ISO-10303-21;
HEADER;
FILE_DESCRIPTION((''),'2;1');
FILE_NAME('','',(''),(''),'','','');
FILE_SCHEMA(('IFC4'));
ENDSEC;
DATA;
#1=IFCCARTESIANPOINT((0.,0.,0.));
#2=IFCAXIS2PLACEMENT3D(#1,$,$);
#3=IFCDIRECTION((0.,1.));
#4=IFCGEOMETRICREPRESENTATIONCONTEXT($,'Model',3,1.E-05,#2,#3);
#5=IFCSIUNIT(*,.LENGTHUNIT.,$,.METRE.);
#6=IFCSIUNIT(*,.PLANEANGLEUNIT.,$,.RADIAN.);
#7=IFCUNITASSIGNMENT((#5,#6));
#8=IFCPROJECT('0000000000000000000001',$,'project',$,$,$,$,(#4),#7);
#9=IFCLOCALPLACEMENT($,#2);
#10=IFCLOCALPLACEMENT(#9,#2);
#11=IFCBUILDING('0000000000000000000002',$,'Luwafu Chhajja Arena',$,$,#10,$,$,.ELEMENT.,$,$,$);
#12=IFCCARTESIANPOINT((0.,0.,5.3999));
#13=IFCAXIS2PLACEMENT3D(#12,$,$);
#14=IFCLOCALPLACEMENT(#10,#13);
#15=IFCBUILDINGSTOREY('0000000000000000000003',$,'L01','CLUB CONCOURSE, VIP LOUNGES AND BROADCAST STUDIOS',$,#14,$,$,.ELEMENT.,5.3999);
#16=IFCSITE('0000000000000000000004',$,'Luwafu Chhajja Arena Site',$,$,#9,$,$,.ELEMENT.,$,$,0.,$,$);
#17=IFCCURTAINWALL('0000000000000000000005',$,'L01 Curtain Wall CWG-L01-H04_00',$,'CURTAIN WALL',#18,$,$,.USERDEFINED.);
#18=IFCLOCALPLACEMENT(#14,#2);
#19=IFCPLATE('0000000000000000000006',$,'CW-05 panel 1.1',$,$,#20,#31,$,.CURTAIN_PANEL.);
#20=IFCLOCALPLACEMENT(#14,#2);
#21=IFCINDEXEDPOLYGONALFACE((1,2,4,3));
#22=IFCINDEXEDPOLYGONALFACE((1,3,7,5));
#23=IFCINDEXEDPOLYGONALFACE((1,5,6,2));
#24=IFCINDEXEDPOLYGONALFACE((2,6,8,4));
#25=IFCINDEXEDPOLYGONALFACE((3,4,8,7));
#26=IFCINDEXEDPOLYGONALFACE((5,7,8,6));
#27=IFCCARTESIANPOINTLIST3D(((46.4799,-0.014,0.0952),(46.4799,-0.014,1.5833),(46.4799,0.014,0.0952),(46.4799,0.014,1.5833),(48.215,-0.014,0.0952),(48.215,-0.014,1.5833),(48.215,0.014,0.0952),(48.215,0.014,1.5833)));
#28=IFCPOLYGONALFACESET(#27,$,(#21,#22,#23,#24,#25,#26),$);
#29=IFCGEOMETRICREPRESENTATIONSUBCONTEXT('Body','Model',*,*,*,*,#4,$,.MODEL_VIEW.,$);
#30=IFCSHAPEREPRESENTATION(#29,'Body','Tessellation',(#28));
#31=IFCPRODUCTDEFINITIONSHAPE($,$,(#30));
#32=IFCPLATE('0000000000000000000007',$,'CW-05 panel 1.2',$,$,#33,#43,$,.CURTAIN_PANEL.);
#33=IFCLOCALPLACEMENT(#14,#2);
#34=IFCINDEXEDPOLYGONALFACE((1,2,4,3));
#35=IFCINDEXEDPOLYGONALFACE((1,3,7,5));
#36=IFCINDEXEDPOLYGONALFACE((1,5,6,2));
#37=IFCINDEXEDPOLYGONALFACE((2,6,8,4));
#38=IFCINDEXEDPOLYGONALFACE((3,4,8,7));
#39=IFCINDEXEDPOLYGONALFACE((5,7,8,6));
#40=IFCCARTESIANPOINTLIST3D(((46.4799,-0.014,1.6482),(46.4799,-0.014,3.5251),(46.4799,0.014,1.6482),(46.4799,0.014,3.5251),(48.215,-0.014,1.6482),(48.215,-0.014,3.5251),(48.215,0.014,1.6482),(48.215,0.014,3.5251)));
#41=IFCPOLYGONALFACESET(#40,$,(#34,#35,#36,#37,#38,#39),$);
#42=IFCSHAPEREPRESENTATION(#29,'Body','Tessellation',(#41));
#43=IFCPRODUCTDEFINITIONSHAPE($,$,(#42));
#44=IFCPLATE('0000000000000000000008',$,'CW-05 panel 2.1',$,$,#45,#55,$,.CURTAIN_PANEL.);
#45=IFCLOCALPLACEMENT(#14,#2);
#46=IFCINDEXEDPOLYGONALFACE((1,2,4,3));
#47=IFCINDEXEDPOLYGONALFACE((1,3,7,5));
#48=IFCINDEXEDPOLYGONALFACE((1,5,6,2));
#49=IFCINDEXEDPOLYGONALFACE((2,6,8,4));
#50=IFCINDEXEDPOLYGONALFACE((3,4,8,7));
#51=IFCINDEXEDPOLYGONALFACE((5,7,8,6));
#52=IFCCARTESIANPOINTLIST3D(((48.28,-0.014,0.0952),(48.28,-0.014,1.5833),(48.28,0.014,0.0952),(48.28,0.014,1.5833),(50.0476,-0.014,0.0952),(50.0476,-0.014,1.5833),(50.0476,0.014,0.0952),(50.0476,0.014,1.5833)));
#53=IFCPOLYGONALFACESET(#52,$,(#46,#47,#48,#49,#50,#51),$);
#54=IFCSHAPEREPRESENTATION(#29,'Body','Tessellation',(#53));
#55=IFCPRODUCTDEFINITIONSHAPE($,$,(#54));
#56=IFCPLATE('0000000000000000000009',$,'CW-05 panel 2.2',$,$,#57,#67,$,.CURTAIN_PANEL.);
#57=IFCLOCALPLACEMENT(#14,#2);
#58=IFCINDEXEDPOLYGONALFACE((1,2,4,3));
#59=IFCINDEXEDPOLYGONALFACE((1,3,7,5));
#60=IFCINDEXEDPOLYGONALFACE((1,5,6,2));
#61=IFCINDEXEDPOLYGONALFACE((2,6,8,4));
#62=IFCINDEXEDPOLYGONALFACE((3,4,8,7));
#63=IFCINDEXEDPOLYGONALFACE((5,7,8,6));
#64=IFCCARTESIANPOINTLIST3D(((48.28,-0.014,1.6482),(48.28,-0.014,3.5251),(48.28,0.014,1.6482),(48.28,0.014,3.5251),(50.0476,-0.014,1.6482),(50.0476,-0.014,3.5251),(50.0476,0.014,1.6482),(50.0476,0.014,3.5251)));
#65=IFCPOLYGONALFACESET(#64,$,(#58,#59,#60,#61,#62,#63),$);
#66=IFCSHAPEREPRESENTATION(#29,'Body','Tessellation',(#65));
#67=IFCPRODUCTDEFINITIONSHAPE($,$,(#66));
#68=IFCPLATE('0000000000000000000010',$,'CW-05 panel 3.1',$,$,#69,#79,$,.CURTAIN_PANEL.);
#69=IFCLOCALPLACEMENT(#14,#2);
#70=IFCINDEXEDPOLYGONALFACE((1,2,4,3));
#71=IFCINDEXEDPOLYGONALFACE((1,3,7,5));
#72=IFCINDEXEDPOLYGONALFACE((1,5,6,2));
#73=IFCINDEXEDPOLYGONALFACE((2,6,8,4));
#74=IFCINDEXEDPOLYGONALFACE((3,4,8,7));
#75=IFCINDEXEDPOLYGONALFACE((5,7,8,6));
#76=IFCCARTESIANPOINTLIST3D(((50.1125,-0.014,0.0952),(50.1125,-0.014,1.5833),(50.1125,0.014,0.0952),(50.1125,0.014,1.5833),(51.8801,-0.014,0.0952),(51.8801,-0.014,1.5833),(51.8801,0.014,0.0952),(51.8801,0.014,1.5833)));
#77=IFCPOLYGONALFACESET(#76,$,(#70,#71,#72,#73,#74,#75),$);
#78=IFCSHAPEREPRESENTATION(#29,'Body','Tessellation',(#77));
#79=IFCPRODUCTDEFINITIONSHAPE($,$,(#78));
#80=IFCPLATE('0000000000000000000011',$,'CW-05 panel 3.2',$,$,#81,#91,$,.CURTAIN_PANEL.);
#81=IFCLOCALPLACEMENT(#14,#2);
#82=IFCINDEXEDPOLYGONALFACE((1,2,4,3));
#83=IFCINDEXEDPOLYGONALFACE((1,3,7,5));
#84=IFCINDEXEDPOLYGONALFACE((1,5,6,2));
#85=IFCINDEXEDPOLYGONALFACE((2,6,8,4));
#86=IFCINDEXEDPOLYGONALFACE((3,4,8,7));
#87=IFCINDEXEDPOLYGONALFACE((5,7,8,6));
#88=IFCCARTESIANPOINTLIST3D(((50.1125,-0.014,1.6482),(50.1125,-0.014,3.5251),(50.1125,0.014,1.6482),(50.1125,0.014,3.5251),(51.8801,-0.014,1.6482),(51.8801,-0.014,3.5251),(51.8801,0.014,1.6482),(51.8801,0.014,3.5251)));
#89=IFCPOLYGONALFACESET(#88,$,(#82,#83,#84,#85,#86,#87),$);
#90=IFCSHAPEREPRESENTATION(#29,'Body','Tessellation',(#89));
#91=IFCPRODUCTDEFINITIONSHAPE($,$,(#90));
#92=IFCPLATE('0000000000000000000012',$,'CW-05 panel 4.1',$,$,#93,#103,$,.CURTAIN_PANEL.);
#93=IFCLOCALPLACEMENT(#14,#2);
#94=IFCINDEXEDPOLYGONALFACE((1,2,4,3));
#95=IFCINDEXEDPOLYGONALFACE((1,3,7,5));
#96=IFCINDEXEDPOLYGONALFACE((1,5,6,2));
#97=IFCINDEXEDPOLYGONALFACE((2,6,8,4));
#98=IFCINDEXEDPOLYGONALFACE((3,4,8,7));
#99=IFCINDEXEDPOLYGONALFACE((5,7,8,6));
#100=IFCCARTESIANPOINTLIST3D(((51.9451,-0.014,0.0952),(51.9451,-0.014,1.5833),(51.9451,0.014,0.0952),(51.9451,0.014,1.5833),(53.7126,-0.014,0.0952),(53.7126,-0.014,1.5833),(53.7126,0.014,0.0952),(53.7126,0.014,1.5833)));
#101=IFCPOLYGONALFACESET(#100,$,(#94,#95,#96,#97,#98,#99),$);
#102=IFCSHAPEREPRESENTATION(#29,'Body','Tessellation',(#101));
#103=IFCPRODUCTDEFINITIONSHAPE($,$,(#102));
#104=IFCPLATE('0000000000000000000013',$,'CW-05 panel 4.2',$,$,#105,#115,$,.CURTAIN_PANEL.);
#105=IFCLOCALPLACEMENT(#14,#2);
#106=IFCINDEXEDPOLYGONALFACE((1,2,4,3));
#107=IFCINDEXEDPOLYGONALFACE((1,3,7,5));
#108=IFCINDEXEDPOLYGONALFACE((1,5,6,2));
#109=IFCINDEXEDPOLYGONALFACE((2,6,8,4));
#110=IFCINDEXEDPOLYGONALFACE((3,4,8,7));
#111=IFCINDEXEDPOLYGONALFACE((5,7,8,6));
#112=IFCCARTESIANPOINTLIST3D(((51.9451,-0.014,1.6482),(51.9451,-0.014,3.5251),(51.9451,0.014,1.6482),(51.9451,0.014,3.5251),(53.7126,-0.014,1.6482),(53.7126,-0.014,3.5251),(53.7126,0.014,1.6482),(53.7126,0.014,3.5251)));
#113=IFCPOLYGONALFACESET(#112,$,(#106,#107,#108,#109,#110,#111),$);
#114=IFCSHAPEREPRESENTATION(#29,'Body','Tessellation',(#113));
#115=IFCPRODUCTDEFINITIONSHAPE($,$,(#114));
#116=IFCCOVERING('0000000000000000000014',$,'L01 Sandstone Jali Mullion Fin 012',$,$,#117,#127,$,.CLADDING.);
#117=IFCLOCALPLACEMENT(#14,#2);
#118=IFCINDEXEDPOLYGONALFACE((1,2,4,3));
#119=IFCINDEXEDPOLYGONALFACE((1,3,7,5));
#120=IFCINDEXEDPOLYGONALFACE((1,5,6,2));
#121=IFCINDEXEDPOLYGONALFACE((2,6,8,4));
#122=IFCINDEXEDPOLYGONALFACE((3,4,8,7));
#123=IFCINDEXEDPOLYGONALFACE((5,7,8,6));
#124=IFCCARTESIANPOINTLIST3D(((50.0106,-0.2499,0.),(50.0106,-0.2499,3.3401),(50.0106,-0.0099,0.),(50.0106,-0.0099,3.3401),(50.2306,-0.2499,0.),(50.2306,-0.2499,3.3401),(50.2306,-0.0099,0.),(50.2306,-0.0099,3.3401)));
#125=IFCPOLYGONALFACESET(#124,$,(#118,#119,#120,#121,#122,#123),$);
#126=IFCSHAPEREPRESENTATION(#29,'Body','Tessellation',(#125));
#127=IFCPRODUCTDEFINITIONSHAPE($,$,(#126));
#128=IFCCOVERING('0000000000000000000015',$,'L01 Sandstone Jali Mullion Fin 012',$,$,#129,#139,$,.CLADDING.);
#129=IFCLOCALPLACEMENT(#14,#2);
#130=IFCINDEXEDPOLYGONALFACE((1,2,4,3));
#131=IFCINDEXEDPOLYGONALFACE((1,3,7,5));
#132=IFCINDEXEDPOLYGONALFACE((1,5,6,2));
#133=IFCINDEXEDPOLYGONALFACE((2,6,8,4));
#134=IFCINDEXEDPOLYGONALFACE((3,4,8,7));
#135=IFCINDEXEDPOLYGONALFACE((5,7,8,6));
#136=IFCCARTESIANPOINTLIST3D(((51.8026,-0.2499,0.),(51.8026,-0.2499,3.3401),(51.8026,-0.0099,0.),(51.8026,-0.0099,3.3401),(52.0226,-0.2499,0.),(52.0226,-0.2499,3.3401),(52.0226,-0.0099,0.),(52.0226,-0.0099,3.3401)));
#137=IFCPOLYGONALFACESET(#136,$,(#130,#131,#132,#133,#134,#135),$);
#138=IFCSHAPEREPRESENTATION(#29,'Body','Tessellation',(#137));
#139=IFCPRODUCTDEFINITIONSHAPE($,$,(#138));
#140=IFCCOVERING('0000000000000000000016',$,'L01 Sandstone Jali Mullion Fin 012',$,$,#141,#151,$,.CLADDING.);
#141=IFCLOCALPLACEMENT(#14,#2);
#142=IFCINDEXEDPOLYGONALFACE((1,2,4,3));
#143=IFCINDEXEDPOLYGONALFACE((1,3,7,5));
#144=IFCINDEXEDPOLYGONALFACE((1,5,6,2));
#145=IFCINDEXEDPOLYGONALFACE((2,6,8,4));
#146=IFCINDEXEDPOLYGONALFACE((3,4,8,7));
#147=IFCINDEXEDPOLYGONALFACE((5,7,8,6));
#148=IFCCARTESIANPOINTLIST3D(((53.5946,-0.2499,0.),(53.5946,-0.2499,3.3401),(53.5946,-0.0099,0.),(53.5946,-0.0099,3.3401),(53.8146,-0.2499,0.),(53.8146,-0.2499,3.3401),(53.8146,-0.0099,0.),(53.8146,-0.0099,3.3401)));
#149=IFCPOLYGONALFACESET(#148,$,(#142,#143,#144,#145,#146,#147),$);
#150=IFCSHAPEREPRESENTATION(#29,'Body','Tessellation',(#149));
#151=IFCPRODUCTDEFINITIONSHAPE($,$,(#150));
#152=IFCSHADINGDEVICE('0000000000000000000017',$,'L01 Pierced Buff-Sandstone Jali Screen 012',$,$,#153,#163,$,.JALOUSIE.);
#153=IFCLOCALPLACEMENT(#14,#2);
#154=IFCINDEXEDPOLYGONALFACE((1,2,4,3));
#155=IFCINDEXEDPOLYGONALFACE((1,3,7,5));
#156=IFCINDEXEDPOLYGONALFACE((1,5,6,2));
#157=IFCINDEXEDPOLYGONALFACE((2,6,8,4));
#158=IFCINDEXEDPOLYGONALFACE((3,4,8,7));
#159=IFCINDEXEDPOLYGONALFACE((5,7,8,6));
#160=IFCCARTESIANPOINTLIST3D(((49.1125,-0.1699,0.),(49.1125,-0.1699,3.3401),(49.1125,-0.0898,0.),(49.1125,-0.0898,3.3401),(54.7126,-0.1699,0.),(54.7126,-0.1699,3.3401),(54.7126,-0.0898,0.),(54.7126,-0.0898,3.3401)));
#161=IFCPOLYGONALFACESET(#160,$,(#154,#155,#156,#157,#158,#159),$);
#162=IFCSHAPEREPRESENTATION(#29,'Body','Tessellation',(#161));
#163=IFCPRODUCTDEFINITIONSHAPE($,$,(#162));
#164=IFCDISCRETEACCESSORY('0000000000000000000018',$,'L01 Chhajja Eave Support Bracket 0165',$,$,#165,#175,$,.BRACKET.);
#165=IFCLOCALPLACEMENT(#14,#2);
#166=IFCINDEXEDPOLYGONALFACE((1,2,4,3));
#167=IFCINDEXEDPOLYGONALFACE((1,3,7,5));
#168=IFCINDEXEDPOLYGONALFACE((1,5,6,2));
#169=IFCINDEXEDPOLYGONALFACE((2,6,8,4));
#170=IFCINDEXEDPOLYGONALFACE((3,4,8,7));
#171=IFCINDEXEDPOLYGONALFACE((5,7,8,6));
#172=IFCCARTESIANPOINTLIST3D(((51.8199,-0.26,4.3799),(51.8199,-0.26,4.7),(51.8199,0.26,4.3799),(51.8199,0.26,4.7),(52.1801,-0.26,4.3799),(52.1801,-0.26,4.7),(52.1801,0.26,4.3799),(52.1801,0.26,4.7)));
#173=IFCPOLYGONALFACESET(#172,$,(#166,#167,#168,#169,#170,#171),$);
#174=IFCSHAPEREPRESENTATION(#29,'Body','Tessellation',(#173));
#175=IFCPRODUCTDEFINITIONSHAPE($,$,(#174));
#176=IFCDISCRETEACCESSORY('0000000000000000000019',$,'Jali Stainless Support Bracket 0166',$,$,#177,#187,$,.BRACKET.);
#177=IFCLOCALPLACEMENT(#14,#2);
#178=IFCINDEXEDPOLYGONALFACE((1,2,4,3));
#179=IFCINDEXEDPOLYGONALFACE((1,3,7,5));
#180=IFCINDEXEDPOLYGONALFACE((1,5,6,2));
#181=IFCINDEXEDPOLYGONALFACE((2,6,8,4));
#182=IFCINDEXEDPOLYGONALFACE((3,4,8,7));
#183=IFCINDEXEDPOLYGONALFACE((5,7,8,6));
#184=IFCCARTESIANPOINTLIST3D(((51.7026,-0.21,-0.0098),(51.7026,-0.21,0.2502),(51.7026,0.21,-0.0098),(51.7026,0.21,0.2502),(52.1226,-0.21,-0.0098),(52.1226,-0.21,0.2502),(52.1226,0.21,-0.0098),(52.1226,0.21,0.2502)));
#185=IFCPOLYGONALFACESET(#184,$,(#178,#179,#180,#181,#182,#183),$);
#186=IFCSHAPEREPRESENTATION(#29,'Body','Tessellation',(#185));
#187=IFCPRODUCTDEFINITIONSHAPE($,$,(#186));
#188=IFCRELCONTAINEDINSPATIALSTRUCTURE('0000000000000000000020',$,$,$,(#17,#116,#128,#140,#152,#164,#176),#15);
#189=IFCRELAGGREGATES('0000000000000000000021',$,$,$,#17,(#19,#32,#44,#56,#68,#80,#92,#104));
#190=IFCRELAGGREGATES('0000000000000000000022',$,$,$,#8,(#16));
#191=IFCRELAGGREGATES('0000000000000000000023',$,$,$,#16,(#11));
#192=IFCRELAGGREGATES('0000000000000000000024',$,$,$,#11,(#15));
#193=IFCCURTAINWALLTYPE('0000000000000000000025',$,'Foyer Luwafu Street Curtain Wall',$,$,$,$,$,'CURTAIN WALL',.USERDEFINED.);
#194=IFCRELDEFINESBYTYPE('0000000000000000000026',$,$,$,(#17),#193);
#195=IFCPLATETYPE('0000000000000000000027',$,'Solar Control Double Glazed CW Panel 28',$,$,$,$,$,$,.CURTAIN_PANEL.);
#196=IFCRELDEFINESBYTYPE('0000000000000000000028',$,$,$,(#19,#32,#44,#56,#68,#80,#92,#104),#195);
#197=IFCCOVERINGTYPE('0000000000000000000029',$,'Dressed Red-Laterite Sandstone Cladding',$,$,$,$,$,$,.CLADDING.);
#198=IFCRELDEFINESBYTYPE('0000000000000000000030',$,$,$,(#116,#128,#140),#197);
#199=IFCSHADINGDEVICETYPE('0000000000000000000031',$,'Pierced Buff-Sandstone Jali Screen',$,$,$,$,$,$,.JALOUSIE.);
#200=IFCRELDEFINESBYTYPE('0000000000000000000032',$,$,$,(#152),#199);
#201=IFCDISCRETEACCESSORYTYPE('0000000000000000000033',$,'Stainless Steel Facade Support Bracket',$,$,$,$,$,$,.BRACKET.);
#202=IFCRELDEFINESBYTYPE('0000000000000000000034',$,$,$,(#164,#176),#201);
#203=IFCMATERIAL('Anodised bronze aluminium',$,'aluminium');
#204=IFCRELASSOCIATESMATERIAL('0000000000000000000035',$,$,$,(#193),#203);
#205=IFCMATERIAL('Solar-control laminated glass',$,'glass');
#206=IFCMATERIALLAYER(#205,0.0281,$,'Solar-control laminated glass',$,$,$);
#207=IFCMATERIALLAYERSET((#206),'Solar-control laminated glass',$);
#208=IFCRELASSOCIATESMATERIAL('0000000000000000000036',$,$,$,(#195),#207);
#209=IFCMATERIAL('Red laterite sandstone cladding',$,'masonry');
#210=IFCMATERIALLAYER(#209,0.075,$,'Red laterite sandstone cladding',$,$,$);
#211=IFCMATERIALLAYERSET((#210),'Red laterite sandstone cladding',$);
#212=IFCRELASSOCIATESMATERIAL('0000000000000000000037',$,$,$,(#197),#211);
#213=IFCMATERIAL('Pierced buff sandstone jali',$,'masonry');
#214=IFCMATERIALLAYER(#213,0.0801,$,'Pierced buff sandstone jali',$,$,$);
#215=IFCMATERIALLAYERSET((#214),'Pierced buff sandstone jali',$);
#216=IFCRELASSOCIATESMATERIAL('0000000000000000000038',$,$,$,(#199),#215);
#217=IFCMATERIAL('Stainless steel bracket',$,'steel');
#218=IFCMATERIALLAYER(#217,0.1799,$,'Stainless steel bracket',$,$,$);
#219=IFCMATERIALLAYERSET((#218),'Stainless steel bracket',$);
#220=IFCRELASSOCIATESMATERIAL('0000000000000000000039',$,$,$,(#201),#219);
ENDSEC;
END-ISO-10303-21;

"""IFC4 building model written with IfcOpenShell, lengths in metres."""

from ifc_helpers import new_model, si_unit, direction, frame, origin, origin_2d, place, context, subcontext, project, spatial, rectangle, extrude, material, layer, layer_set, type_object, element, aggregate, save


model = new_model("IFC4")

# Units and contexts
model_context = context("Model", 3, precision=1e-05, world=origin(), true_north=direction((0.0, 1.0)))
body_context = subcontext(model_context, "Body", "Model", "MODEL_VIEW")
ifc_project = project(units=[si_unit("LENGTHUNIT", "METRE"), si_unit("PLANEANGLEUNIT", "RADIAN")], contexts=[model_context])

# Site, building, storey
site_placement = place(None, origin())
site = spatial("IfcSite", under=ifc_project, at=site_placement, Name="Luwafu Chhajja Arena Site", CompositionType="ELEMENT", RefElevation=0.0)
building_placement = place(site_placement, origin())
building = spatial("IfcBuilding", under=site, at=building_placement, Name="Luwafu Chhajja Arena", CompositionType="ELEMENT")
storey_placement = place(building_placement, frame((0.0, 0.0, 5.3999)))
storey = spatial("IfcBuildingStorey", under=building, at=storey_placement, Name="L01", Description="CLUB CONCOURSE, VIP LOUNGES AND BROADCAST STUDIOS", CompositionType="ELEMENT", Elevation=5.3999)

# Curtain wall, plates
ifc_material_1 = material(Name="Anodised bronze aluminium", Category="aluminium")
curtain_wall_type = type_object("IfcCurtainWallType", Name="Foyer Luwafu Street Curtain Wall", ElementType="CURTAIN WALL", PredefinedType="USERDEFINED", material=ifc_material_1)
curtain_wall_placement = place(storey_placement, origin())
curtain_wall = element("IfcCurtainWall", 1, at=curtain_wall_placement, inside=storey, type_object=curtain_wall_type, Name="L01 Curtain Wall CWG-L01-H04_00", ObjectType="CURTAIN WALL", PredefinedType="USERDEFINED")
ifc_material_2 = material(Name="Solar-control laminated glass", Category="glass")
ifc_layer_1 = layer(ifc_material_2, 0.0281, Name="Solar-control laminated glass")
ifc_layer_set_1 = layer_set([ifc_layer_1], Name="Solar-control laminated glass")
plate_type = type_object("IfcPlateType", Name="Solar Control Double Glazed CW Panel 28", PredefinedType="CURTAIN_PANEL", material=ifc_layer_set_1)
plate_1_placement = place(storey_placement, frame((47.3474, 0.0, 0.0952), z_axis=(0.0, 0.0, 1.0), x_axis=(1.0, 0.0, 0.0)))
plate_1 = element("IfcPlate", 2, at=plate_1_placement, type_object=plate_type, Name="CW-05 panel 1.1", PredefinedType="CURTAIN_PANEL", context=body_context, shape_type="SweptSolid", body=[
    extrude(rectangle(XDim=1.7351, YDim=0.0281, at=origin_2d()), origin(), (0.0, 0.0, 1.0), 1.488),
])
plate_2_placement = place(storey_placement, frame((47.3474, 0.0, 1.6482), z_axis=(0.0, 0.0, 1.0), x_axis=(1.0, 0.0, 0.0)))
plate_2 = element("IfcPlate", 3, at=plate_2_placement, type_object=plate_type, Name="CW-05 panel 1.2", PredefinedType="CURTAIN_PANEL", context=body_context, shape_type="SweptSolid", body=[
    extrude(rectangle(XDim=1.7351, YDim=0.0281, at=origin_2d()), origin(), (0.0, 0.0, 1.0), 1.877),
])
plate_3_placement = place(storey_placement, frame((49.1638, 0.0, 0.0952), z_axis=(0.0, 0.0, 1.0), x_axis=(1.0, 0.0, 0.0)))
plate_3 = element("IfcPlate", 4, at=plate_3_placement, type_object=plate_type, Name="CW-05 panel 2.1", PredefinedType="CURTAIN_PANEL", context=body_context, shape_type="SweptSolid", body=[
    extrude(rectangle(XDim=1.7676, YDim=0.0281, at=origin_2d()), origin(), (0.0, 0.0, 1.0), 1.488),
])
plate_4_placement = place(storey_placement, frame((49.1638, 0.0, 1.6482), z_axis=(0.0, 0.0, 1.0), x_axis=(1.0, 0.0, 0.0)))
plate_4 = element("IfcPlate", 5, at=plate_4_placement, type_object=plate_type, Name="CW-05 panel 2.2", PredefinedType="CURTAIN_PANEL", context=body_context, shape_type="SweptSolid", body=[
    extrude(rectangle(XDim=1.7676, YDim=0.0281, at=origin_2d()), origin(), (0.0, 0.0, 1.0), 1.877),
])
plate_5_placement = place(storey_placement, frame((50.9963, 0.0, 0.0952), z_axis=(0.0, 0.0, 1.0), x_axis=(1.0, 0.0, 0.0)))
plate_5 = element("IfcPlate", 6, at=plate_5_placement, type_object=plate_type, Name="CW-05 panel 3.1", PredefinedType="CURTAIN_PANEL", context=body_context, shape_type="SweptSolid", body=[
    extrude(rectangle(XDim=1.7676, YDim=0.0281, at=origin_2d()), origin(), (0.0, 0.0, 1.0), 1.488),
])
plate_6_placement = place(storey_placement, frame((50.9963, 0.0, 1.6482), z_axis=(0.0, 0.0, 1.0), x_axis=(1.0, 0.0, 0.0)))
plate_6 = element("IfcPlate", 7, at=plate_6_placement, type_object=plate_type, Name="CW-05 panel 3.2", PredefinedType="CURTAIN_PANEL", context=body_context, shape_type="SweptSolid", body=[
    extrude(rectangle(XDim=1.7676, YDim=0.0281, at=origin_2d()), origin(), (0.0, 0.0, 1.0), 1.877),
])
plate_7_placement = place(storey_placement, frame((52.8289, 0.0, 0.0952), z_axis=(0.0, 0.0, 1.0), x_axis=(1.0, 0.0, 0.0)))
plate_7 = element("IfcPlate", 8, at=plate_7_placement, type_object=plate_type, Name="CW-05 panel 4.1", PredefinedType="CURTAIN_PANEL", context=body_context, shape_type="SweptSolid", body=[
    extrude(rectangle(XDim=1.7676, YDim=0.0281, at=origin_2d()), origin(), (0.0, 0.0, 1.0), 1.488),
])
plate_8_placement = place(storey_placement, frame((52.8289, 0.0, 1.6482), z_axis=(0.0, 0.0, 1.0), x_axis=(1.0, 0.0, 0.0)))
plate_8 = element("IfcPlate", 9, at=plate_8_placement, type_object=plate_type, Name="CW-05 panel 4.2", PredefinedType="CURTAIN_PANEL", context=body_context, shape_type="SweptSolid", body=[
    extrude(rectangle(XDim=1.7676, YDim=0.0281, at=origin_2d()), origin(), (0.0, 0.0, 1.0), 1.877),
])
aggregate(curtain_wall, [plate_1, plate_2, plate_3, plate_4, plate_5, plate_6, plate_7, plate_8])

# Coverings
ifc_material_3 = material(Name="Red laterite sandstone cladding", Category="masonry")
ifc_layer_2 = layer(ifc_material_3, 0.075, Name="Red laterite sandstone cladding")
ifc_layer_set_2 = layer_set([ifc_layer_2], Name="Red laterite sandstone cladding")
covering_type = type_object("IfcCoveringType", Name="Dressed Red-Laterite Sandstone Cladding", PredefinedType="CLADDING", material=ifc_layer_set_2)
for number, where, z_axis, x_axis, name in (
    (10, (50.1206, -0.1299, 0.0), (0.0, 0.0, 1.0), (1.0, 0.0, 0.0), "L01 Sandstone Jali Mullion Fin 012"),
    (11, (51.9126, -0.1299, 0.0), (0.0, 0.0, 1.0), (1.0, 0.0, 0.0), "L01 Sandstone Jali Mullion Fin 012"),
    (12, (53.7046, -0.1299, 0.0), (0.0, 0.0, 1.0), (1.0, 0.0, 0.0), "L01 Sandstone Jali Mullion Fin 012"),
):
    element("IfcCovering", number, at=place(storey_placement, frame(where, z_axis=z_axis, x_axis=x_axis)), inside=storey, type_object=covering_type, Name=name, PredefinedType="CLADDING", context=body_context, shape_type="SweptSolid", body=[
        extrude(rectangle(XDim=0.22, YDim=0.24, at=origin_2d()), origin(), (0.0, 0.0, 1.0), 3.3401),
    ])

# Shading device
ifc_material_4 = material(Name="Pierced buff sandstone jali", Category="masonry")
ifc_layer_3 = layer(ifc_material_4, 0.0801, Name="Pierced buff sandstone jali")
ifc_layer_set_3 = layer_set([ifc_layer_3], Name="Pierced buff sandstone jali")
shading_device_type = type_object("IfcShadingDeviceType", Name="Pierced Buff-Sandstone Jali Screen", PredefinedType="JALOUSIE", material=ifc_layer_set_3)
shading_device_placement = place(storey_placement, frame((51.9126, -0.1299, 0.0), z_axis=(0.0, 0.0, 1.0), x_axis=(1.0, 0.0, 0.0)))
element("IfcShadingDevice", 13, at=shading_device_placement, inside=storey, type_object=shading_device_type, Name="L01 Pierced Buff-Sandstone Jali Screen 012", PredefinedType="JALOUSIE", context=body_context, shape_type="SweptSolid", body=[
    extrude(rectangle(XDim=5.6001, YDim=0.0801, at=origin_2d()), origin(), (0.0, 0.0, 1.0), 3.3401),
])

# Discrete accessories
ifc_material_5 = material(Name="Stainless steel bracket", Category="steel")
ifc_layer_4 = layer(ifc_material_5, 0.1799, Name="Stainless steel bracket")
ifc_layer_set_4 = layer_set([ifc_layer_4], Name="Stainless steel bracket")
discrete_accessory_type = type_object("IfcDiscreteAccessoryType", Name="Stainless Steel Facade Support Bracket", PredefinedType="BRACKET", material=ifc_layer_set_4)
discrete_accessory_1_placement = place(storey_placement, frame((52.0, 0.0, 4.3799), z_axis=(0.0, 0.0, 1.0), x_axis=(1.0, 0.0, 0.0)))
element("IfcDiscreteAccessory", 14, at=discrete_accessory_1_placement, inside=storey, type_object=discrete_accessory_type, Name="L01 Chhajja Eave Support Bracket 0165", PredefinedType="BRACKET", context=body_context, shape_type="SweptSolid", body=[
    extrude(rectangle(XDim=0.3601, YDim=0.52, at=origin_2d()), origin(), (0.0, 0.0, 1.0), 0.3201),
])
discrete_accessory_2_placement = place(storey_placement, frame((51.9126, 0.0, -0.0098), z_axis=(0.0, 0.0, 1.0), x_axis=(1.0, 0.0, 0.0)))
element("IfcDiscreteAccessory", 15, at=discrete_accessory_2_placement, inside=storey, type_object=discrete_accessory_type, Name="Jali Stainless Support Bracket 0166", PredefinedType="BRACKET", context=body_context, shape_type="SweptSolid", body=[
    extrude(rectangle(XDim=0.4199, YDim=0.4199, at=origin_2d()), origin(), (0.0, 0.0, 1.0), 0.26),
])

save(model, "model.ifc")
